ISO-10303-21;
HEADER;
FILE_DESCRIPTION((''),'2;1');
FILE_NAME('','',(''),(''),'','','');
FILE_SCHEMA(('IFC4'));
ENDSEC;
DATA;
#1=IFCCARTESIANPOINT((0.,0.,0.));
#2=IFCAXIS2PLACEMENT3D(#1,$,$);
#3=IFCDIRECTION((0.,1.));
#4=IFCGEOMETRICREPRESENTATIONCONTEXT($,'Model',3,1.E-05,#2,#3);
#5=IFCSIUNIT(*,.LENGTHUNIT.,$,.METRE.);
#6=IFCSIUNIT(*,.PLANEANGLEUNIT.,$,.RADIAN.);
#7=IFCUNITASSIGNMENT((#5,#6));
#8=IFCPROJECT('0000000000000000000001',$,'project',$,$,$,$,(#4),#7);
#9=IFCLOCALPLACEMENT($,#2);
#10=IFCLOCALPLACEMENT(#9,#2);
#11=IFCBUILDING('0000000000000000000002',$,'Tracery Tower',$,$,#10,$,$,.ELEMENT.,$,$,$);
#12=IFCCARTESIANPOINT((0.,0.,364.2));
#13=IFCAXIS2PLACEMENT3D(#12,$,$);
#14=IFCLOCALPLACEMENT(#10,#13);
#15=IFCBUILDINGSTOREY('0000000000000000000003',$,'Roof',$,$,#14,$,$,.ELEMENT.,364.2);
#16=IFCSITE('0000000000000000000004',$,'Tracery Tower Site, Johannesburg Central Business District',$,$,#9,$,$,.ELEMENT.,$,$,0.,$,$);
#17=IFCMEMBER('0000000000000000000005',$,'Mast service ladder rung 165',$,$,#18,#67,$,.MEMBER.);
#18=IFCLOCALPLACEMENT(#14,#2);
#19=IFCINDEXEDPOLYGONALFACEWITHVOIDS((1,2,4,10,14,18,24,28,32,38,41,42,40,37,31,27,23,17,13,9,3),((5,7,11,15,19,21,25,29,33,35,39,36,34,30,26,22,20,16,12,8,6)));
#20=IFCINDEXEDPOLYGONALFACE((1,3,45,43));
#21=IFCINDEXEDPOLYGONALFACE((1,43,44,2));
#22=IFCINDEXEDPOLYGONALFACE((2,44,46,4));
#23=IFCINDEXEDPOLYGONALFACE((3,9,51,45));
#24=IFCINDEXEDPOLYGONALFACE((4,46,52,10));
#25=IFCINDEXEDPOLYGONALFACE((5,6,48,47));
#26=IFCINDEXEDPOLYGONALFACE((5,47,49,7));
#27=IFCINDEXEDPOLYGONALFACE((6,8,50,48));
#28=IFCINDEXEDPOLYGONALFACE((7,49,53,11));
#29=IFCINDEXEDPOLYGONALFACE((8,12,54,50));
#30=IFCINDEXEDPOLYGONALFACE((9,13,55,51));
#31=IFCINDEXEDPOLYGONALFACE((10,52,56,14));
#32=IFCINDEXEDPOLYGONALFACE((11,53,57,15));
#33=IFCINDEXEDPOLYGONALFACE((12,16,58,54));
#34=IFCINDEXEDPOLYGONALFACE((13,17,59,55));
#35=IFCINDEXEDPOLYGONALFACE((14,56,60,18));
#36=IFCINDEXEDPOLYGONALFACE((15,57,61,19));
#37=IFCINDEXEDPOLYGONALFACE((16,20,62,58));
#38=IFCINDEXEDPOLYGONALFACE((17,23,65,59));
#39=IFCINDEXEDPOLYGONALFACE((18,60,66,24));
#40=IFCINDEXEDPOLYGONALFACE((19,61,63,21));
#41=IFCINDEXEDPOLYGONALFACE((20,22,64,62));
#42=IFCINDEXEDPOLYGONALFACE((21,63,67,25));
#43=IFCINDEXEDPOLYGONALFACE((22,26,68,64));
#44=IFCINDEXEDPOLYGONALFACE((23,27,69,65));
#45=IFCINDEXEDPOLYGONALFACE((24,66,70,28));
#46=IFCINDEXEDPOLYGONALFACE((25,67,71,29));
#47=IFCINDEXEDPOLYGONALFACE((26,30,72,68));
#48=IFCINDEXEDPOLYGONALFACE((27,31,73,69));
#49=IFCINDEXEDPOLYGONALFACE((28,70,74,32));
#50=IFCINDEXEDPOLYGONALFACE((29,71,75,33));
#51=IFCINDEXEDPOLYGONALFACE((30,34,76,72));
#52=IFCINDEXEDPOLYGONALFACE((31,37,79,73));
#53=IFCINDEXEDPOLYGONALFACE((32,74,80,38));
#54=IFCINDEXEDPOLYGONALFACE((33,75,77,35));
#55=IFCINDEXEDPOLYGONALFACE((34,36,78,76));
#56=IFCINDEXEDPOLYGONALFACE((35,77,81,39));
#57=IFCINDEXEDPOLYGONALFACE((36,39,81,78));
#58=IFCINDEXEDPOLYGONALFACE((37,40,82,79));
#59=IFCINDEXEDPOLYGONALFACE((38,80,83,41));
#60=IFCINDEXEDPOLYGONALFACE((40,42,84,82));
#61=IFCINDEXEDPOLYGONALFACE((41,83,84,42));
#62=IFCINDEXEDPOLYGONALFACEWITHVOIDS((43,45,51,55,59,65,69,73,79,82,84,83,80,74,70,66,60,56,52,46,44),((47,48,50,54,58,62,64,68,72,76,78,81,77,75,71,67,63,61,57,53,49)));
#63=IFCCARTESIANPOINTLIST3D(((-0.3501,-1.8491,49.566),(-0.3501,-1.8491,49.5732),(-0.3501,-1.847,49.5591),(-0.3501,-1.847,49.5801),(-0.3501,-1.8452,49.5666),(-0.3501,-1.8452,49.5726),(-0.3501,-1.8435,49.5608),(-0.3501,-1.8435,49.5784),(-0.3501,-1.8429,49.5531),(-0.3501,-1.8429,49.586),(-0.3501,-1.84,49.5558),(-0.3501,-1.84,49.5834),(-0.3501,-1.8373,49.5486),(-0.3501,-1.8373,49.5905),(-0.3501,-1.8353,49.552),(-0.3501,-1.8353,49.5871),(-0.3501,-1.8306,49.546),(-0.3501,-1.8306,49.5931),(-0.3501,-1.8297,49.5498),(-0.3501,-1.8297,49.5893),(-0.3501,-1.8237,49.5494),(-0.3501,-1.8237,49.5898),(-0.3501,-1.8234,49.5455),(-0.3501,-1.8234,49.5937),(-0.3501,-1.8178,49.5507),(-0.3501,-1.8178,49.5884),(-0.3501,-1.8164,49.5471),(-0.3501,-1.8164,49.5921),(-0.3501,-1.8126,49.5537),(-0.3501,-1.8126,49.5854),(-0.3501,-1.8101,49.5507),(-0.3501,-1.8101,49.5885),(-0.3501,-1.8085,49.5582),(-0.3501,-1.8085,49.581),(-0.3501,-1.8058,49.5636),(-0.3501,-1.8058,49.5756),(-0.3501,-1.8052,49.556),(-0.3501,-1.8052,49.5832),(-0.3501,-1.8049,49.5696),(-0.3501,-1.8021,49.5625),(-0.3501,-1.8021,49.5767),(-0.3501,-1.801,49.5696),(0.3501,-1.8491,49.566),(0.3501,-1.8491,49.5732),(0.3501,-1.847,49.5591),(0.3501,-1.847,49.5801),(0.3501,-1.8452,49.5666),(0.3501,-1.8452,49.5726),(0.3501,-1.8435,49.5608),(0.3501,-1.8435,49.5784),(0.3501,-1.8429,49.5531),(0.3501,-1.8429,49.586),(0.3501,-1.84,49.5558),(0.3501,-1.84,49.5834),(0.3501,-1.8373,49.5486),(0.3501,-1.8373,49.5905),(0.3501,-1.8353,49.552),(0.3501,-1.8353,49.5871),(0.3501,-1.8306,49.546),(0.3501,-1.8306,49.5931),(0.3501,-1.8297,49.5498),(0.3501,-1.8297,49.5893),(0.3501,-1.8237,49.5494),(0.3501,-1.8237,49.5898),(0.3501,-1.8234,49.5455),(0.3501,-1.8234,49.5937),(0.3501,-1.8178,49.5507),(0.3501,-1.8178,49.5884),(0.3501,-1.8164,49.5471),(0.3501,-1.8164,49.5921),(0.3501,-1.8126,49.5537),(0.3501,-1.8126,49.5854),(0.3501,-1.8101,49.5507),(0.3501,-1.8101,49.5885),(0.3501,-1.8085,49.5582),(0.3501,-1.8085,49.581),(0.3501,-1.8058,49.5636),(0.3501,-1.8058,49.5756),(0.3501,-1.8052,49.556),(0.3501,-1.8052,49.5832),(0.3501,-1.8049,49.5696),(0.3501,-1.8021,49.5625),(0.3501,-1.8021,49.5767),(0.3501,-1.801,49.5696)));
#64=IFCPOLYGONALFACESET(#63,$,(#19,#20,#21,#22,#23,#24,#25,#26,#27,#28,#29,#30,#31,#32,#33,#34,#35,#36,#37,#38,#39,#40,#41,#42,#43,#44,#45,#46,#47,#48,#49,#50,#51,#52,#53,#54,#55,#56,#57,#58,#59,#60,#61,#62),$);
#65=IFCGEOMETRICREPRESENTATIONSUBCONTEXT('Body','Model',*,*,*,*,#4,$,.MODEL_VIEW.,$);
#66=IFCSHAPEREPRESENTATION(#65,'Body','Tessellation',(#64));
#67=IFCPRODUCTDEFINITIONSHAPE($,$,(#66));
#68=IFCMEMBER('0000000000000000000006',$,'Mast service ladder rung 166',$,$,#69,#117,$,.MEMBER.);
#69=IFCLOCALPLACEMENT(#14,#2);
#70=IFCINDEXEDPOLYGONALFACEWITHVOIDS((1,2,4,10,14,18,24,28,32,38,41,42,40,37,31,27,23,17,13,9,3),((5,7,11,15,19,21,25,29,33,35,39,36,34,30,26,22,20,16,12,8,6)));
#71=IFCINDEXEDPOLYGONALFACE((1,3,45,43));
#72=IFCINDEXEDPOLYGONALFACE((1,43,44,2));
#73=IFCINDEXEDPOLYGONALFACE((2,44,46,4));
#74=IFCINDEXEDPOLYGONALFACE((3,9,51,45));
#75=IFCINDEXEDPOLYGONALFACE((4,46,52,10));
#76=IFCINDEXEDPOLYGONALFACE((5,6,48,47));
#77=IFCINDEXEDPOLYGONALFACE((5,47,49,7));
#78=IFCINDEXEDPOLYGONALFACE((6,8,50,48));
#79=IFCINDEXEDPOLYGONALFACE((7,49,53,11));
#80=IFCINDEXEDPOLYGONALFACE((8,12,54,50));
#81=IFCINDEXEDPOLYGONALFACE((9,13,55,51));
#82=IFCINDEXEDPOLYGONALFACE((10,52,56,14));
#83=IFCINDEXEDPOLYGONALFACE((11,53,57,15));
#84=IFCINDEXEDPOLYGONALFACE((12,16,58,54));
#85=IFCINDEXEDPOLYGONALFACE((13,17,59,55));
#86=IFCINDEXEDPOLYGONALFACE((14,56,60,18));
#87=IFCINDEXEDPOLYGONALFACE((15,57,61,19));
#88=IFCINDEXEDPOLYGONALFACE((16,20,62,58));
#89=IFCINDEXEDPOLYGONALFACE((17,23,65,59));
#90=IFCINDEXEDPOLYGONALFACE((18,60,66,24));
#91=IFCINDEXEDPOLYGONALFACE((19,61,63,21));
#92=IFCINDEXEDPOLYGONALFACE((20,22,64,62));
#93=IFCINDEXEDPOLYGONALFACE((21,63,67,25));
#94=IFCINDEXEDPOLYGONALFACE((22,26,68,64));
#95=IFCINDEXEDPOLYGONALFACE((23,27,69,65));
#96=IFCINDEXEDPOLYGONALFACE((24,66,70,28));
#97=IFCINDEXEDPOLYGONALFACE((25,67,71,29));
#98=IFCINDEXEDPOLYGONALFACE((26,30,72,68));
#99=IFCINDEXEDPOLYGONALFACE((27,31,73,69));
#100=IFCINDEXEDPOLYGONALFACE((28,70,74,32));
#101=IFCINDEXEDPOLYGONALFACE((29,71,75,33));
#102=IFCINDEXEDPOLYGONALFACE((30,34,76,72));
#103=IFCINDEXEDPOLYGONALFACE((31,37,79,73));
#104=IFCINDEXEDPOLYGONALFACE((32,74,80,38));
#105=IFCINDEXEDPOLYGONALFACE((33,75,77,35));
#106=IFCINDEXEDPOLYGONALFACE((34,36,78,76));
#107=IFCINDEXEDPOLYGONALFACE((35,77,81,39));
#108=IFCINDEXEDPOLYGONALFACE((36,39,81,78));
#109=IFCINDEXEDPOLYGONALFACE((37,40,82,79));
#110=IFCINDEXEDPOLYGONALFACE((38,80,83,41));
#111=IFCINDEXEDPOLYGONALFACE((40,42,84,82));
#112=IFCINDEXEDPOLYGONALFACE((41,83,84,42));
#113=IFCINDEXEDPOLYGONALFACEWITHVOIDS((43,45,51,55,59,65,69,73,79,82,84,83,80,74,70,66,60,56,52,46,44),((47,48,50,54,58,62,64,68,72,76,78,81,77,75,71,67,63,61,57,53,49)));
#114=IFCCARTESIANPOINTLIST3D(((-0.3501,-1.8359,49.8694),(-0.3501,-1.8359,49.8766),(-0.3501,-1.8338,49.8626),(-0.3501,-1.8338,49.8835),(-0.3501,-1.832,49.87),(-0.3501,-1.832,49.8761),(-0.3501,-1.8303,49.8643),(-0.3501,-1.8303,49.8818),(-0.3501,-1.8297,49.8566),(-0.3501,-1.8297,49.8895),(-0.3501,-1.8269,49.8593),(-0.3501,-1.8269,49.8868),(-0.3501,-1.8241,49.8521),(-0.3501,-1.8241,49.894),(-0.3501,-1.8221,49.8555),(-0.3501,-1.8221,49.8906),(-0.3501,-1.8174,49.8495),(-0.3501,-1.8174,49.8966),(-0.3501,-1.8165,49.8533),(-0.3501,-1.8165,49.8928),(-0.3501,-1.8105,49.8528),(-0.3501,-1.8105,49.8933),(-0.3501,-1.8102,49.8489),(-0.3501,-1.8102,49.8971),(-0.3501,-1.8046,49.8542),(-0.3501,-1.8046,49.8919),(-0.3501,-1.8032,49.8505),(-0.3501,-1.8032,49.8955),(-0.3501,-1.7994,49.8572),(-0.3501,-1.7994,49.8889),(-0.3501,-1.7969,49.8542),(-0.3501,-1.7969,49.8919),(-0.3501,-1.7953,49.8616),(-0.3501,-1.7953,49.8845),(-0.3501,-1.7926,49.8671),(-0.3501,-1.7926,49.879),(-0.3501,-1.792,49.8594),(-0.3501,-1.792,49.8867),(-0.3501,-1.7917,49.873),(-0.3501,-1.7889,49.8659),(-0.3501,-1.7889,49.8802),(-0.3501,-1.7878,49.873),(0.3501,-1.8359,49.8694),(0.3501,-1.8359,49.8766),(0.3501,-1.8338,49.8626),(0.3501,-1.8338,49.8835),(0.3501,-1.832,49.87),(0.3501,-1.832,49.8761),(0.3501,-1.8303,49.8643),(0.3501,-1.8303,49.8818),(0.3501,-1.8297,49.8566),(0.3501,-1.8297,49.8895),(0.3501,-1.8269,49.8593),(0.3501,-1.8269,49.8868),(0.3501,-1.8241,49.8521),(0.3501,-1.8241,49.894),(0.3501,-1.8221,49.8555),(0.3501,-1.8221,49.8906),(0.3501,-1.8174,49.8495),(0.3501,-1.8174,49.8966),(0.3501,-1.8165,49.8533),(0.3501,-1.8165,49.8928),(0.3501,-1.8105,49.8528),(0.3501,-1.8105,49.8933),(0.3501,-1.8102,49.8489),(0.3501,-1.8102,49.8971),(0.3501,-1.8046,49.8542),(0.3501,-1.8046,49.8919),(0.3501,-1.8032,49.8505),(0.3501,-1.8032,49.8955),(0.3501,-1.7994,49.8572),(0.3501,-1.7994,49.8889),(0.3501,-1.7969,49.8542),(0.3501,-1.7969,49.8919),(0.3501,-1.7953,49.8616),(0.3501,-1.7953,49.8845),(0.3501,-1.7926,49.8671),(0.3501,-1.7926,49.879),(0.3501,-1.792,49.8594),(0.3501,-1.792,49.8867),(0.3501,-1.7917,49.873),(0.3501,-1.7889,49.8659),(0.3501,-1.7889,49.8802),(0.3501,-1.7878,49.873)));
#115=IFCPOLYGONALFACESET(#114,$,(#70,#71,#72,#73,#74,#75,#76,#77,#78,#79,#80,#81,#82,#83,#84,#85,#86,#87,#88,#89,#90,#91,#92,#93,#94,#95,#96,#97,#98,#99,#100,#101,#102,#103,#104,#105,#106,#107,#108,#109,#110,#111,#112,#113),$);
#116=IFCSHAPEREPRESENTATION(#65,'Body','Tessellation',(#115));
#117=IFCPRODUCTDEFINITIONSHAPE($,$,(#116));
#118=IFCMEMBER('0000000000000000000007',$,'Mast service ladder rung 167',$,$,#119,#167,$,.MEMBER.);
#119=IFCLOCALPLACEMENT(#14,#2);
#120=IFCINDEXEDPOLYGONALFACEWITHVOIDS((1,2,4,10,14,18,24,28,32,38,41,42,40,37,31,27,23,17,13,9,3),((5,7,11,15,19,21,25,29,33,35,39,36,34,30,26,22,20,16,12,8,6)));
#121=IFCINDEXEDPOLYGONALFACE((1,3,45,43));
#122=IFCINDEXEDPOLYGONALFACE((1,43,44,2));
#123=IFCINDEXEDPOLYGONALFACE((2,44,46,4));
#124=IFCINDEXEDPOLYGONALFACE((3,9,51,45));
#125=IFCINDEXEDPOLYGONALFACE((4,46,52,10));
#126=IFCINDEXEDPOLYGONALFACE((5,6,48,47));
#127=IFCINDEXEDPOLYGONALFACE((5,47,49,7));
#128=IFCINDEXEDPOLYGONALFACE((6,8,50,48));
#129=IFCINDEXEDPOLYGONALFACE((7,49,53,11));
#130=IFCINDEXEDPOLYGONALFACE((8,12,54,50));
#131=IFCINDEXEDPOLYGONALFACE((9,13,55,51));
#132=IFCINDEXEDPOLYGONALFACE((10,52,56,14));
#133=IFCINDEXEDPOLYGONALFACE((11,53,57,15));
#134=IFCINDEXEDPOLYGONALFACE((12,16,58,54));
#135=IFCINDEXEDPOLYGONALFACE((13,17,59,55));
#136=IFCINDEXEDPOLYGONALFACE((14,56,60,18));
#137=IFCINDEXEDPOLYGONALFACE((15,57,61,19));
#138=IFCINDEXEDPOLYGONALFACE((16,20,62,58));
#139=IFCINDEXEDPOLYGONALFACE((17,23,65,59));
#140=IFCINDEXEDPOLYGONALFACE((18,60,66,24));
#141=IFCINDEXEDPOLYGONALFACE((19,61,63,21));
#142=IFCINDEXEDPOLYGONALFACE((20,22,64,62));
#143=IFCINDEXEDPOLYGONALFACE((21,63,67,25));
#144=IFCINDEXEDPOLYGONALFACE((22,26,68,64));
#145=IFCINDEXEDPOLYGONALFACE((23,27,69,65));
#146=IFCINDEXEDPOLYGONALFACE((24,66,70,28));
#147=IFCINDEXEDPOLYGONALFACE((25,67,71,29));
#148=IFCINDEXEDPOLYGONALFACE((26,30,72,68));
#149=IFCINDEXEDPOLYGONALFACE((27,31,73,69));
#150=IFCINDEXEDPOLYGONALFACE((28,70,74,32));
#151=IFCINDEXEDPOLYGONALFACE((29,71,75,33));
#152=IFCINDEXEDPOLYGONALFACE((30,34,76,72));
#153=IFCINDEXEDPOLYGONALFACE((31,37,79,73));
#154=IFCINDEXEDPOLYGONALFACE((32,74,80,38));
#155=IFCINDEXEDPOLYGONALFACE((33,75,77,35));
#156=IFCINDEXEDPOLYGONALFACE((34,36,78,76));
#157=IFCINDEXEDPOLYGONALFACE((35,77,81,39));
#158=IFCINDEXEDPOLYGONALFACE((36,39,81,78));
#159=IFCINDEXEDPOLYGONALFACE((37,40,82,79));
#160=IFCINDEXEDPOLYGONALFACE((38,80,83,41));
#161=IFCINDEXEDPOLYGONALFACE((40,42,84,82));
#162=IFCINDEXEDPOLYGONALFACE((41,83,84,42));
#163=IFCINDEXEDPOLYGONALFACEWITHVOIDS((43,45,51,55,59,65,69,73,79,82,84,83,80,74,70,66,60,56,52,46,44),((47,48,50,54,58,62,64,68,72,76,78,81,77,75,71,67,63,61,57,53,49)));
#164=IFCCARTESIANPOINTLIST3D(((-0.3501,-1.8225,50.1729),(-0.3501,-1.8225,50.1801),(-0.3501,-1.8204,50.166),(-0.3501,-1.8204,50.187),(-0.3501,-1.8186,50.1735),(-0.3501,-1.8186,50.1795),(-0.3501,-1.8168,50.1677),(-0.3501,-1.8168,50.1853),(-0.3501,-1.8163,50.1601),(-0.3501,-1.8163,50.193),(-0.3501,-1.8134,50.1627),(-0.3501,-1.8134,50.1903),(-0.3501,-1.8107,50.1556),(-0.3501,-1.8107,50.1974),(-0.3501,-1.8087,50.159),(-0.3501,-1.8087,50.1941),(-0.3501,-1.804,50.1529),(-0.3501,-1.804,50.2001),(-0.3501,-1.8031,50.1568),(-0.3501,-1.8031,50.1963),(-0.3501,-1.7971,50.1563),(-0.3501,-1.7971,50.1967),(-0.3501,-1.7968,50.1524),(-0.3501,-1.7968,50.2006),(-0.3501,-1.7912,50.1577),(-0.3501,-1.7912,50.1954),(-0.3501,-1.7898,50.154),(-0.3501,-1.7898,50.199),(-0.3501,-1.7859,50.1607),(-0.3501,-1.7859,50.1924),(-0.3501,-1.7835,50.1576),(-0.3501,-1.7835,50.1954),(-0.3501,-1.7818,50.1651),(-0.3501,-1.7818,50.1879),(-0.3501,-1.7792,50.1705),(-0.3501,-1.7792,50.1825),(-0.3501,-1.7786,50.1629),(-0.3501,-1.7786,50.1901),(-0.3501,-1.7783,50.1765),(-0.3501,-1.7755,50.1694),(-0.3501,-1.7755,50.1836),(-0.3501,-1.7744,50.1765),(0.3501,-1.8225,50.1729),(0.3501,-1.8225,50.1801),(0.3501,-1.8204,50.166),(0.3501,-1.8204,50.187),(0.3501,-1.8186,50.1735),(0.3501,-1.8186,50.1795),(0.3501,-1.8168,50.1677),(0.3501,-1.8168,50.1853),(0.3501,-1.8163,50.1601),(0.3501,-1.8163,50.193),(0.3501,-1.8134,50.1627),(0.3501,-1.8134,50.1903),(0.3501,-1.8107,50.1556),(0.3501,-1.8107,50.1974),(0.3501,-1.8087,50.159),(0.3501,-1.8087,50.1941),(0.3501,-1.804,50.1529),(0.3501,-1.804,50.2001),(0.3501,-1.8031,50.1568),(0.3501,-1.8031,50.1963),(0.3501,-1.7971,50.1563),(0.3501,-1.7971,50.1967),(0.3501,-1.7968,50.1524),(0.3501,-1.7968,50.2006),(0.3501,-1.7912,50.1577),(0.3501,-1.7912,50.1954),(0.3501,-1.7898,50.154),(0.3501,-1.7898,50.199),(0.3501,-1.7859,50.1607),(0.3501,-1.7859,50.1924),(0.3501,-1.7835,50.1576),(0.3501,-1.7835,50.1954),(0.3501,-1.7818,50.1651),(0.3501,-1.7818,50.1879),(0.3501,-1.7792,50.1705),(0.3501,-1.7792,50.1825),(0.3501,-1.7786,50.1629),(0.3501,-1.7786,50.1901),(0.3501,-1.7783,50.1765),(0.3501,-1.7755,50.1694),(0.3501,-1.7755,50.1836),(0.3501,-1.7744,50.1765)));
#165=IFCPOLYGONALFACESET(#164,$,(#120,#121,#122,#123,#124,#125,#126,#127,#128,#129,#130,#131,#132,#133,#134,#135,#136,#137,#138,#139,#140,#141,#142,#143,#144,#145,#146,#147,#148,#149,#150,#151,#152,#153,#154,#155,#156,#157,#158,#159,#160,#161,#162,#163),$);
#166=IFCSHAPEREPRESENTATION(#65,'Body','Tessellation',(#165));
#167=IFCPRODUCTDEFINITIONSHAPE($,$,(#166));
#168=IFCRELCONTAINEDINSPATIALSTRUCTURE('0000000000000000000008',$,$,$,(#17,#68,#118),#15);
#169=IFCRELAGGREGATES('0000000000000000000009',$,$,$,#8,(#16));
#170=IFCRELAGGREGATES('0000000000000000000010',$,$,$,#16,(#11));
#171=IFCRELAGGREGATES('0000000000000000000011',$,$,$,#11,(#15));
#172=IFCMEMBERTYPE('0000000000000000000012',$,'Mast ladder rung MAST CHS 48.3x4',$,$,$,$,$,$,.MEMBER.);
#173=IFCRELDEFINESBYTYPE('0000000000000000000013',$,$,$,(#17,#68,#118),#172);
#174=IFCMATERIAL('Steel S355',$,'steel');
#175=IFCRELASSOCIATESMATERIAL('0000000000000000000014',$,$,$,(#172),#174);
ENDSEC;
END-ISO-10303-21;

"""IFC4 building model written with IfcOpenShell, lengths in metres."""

from ifc_helpers import new_model, si_unit, direction, frame, origin, origin_2d, place, context, subcontext, project, spatial, hollow_circle, extrude, material, material_profile, profile_set, type_object, element, save


model = new_model("IFC4")

# Units and contexts
model_context = context("Model", 3, precision=1e-05, world=origin(), true_north=direction((0.0, 1.0)))
body_context = subcontext(model_context, "Body", "Model", "MODEL_VIEW")
ifc_project = project(units=[si_unit("LENGTHUNIT", "METRE"), si_unit("PLANEANGLEUNIT", "RADIAN")], contexts=[model_context])

# Site, building, storey
site_placement = place(None, origin())
site = spatial("IfcSite", under=ifc_project, at=site_placement, Name="Tracery Tower Site, Johannesburg Central Business District", CompositionType="ELEMENT", RefElevation=0.0)
building_placement = place(site_placement, origin())
building = spatial("IfcBuilding", under=site, at=building_placement, Name="Tracery Tower", CompositionType="ELEMENT")
storey_placement = place(building_placement, frame((0.0, 0.0, 364.2)))
storey = spatial("IfcBuildingStorey", under=building, at=storey_placement, Name="Roof", CompositionType="ELEMENT", Elevation=364.2)

# Members
ifc_material_1 = material(Name="Steel S355", Category="steel")
ifc_material_profile_1 = material_profile(ifc_material_1, hollow_circle(Radius=0.0242, WallThickness=0.0039, at=origin_2d()), Name="CHS 48.3x4")
ifc_profile_set_1 = profile_set([ifc_material_profile_1], Name="Steel S355")
member_type_1 = type_object("IfcMemberType", Name="Mast ladder rung MAST CHS 48.3x4", PredefinedType="MEMBER", material=ifc_profile_set_1)
for number, where, z_axis, x_axis, name in (
    (1, (-0.3501, -1.8252, 49.5696), (1.0, 0.0, 0.0), (0.0, 1.0, 0.0), "Mast service ladder rung 165"),
    (2, (-0.3501, -1.812, 49.873), (1.0, 0.0, 0.0), (0.0, 1.0, 0.0), "Mast service ladder rung 166"),
    (3, (-0.3501, -1.7986, 50.1765), (1.0, 0.0, 0.0), (0.0, 1.0, 0.0), "Mast service ladder rung 167"),
):
    element("IfcMember", number, at=place(storey_placement, frame(where, z_axis=z_axis, x_axis=x_axis)), inside=storey, type_object=member_type_1, Name=name, PredefinedType="MEMBER", context=body_context, shape_type="SweptSolid", body=[
        extrude(hollow_circle(Radius=0.0242, WallThickness=0.0039, at=origin_2d()), origin(), (0.0, 0.0, 1.0), 0.7002),
    ])

save(model, "model.ifc")
